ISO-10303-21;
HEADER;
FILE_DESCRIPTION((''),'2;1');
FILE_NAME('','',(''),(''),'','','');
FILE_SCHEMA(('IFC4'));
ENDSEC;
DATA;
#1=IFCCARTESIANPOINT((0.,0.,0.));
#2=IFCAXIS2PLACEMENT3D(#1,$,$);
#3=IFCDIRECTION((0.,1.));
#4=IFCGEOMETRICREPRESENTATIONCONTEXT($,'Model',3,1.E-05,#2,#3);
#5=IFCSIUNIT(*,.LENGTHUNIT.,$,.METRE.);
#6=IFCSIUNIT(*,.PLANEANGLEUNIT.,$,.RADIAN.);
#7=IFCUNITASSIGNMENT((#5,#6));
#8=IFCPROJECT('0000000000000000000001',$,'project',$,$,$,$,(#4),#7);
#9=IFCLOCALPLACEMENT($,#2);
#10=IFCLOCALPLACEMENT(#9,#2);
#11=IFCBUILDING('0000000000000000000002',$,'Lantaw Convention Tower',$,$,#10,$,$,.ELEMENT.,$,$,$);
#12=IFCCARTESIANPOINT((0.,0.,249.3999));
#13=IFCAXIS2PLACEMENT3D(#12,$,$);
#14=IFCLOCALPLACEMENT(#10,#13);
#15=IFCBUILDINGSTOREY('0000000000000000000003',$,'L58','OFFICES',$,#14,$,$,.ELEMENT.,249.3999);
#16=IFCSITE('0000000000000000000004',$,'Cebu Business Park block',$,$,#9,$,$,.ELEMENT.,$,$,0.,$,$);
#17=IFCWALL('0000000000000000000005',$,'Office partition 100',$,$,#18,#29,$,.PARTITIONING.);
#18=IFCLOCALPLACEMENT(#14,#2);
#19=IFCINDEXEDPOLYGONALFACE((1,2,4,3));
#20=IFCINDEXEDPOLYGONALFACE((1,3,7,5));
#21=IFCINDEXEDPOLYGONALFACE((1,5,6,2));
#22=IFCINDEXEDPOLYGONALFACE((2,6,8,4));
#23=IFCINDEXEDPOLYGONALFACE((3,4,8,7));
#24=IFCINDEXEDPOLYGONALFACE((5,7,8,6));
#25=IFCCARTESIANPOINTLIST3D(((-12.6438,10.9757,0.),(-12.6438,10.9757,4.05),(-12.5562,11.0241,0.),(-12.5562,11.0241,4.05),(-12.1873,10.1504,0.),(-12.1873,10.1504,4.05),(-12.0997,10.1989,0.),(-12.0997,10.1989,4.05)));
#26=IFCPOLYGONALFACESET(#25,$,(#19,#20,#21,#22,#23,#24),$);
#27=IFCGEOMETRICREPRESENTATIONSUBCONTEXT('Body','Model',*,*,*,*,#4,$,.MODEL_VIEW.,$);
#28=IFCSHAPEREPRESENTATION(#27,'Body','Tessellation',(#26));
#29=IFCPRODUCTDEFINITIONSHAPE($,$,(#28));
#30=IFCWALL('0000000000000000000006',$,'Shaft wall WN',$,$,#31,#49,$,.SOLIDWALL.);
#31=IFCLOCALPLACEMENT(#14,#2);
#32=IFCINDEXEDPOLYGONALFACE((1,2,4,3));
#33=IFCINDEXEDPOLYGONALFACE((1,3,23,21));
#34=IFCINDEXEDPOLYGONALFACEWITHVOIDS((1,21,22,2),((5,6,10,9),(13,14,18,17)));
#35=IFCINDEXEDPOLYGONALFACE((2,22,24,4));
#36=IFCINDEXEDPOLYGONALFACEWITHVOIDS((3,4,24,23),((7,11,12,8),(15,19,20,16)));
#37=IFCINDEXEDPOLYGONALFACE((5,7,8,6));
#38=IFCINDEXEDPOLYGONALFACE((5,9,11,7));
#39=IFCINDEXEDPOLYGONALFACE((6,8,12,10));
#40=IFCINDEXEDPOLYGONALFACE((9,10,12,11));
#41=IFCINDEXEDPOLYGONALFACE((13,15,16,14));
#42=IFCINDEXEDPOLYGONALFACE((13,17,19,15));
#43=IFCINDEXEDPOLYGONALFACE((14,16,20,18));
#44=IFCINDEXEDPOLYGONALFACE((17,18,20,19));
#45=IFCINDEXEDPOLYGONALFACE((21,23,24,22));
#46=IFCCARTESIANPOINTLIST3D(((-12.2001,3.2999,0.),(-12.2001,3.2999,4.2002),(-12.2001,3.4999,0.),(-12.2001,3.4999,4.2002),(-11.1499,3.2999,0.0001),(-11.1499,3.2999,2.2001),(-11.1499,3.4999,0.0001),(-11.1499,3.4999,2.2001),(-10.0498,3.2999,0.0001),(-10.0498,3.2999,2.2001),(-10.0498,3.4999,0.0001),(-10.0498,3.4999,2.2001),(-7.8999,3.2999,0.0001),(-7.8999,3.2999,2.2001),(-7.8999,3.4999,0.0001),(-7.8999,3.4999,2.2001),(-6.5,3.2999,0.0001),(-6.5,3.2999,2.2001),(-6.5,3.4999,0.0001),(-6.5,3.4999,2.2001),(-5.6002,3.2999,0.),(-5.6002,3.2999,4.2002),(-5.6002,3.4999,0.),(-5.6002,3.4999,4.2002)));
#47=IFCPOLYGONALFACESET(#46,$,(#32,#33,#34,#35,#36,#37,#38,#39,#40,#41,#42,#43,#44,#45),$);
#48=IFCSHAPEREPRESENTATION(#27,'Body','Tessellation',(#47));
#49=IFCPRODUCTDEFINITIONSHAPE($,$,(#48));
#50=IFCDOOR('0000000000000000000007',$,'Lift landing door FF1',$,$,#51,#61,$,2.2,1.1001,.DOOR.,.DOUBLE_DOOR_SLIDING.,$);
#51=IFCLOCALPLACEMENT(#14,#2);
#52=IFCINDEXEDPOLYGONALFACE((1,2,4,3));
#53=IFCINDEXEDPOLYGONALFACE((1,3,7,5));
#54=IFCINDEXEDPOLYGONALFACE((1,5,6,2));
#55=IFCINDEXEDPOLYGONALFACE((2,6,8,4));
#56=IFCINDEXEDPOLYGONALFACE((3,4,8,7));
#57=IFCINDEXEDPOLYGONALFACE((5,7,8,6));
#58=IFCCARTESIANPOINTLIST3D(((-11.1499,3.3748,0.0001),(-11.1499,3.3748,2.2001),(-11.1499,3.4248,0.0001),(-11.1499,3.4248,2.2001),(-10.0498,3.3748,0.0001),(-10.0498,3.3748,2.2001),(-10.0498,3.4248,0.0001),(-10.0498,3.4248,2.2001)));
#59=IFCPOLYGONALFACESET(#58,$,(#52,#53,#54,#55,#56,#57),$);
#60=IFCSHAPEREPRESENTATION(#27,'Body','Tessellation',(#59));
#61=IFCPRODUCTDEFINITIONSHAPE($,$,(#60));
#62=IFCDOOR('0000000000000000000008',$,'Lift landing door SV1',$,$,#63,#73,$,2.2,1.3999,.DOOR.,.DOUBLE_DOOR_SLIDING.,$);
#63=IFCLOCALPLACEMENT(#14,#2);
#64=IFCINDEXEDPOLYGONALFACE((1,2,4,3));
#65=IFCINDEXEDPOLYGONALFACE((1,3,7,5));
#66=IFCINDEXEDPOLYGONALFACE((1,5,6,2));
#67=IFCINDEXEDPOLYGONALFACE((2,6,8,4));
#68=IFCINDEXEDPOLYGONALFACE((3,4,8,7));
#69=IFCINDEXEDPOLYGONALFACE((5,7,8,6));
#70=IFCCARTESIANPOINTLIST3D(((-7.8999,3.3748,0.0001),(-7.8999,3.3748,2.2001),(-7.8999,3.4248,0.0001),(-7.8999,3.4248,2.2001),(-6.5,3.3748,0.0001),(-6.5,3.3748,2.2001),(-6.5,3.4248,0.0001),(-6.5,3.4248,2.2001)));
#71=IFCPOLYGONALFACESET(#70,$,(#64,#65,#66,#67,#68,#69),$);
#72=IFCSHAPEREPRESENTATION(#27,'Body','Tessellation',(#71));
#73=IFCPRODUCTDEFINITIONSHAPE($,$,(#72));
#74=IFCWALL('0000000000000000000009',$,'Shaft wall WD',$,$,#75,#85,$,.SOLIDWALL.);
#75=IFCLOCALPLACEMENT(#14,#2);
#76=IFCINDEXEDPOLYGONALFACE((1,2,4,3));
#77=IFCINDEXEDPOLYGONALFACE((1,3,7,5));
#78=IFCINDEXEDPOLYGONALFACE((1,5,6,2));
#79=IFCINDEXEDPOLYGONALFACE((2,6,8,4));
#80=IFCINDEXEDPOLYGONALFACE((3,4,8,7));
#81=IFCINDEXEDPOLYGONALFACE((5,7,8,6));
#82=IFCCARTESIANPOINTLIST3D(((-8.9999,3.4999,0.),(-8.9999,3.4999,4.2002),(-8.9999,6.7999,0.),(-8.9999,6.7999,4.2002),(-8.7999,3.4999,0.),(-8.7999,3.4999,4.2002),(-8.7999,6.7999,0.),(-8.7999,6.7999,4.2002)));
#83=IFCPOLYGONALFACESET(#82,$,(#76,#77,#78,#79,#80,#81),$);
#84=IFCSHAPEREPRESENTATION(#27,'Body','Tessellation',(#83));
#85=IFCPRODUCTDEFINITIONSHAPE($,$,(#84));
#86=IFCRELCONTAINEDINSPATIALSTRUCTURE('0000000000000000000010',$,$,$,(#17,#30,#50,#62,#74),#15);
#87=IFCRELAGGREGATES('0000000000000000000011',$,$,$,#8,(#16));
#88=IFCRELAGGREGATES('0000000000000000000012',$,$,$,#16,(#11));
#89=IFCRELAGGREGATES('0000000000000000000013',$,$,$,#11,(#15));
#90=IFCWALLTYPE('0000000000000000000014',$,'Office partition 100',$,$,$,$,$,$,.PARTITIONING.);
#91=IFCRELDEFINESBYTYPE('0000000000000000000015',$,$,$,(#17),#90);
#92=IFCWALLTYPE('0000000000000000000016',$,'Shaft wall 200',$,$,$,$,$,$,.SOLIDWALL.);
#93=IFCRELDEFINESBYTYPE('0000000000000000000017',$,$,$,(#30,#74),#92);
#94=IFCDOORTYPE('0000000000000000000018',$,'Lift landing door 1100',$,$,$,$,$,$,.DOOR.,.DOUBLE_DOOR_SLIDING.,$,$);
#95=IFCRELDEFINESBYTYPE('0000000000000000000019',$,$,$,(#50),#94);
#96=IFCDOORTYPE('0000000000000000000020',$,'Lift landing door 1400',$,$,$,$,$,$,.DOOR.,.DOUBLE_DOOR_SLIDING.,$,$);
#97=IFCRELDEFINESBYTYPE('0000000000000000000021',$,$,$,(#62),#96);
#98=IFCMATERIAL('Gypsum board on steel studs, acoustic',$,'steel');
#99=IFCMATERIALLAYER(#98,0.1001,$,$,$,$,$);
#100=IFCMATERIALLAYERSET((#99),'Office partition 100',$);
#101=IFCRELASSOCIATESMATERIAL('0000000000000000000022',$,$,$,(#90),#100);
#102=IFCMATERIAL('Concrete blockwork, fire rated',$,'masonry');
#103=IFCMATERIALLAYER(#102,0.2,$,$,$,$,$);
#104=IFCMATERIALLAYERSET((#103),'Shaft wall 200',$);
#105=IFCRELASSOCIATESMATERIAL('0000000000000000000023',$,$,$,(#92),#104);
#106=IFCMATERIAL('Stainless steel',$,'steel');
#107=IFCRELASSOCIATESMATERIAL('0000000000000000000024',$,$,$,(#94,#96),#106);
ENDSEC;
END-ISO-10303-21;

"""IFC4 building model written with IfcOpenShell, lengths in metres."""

from ifc_helpers import new_model, si_unit, direction, frame, frame_2d, origin, place, context, subcontext, project, spatial, rectangle, extrude, material, layer, layer_set, type_object, element, fill, save


model = new_model("IFC4")

# Units and contexts
model_context = context("Model", 3, precision=1e-05, world=origin(), true_north=direction((0.0, 1.0)))
body_context = subcontext(model_context, "Body", "Model", "MODEL_VIEW")
ifc_project = project(units=[si_unit("LENGTHUNIT", "METRE"), si_unit("PLANEANGLEUNIT", "RADIAN")], contexts=[model_context])

# Site, building, storey
site_placement = place(None, origin())
site = spatial("IfcSite", under=ifc_project, at=site_placement, Name="Cebu Business Park block", CompositionType="ELEMENT", RefElevation=0.0)
building_placement = place(site_placement, origin())
building = spatial("IfcBuilding", under=site, at=building_placement, Name="Lantaw Convention Tower", CompositionType="ELEMENT")
storey_placement = place(building_placement, frame((0.0, 0.0, 249.3999)))
storey = spatial("IfcBuildingStorey", under=building, at=storey_placement, Name="L58", Description="OFFICES", CompositionType="ELEMENT", Elevation=249.3999)

# Wall
ifc_material_1 = material(Name="Gypsum board on steel studs, acoustic", Category="steel")
ifc_layer_1 = layer(ifc_material_1, 0.1001)
ifc_layer_set_1 = layer_set([ifc_layer_1], Name="Office partition 100")
wall_type_1 = type_object("IfcWallType", Name="Office partition 100", PredefinedType="PARTITIONING", material=ifc_layer_set_1)
wall_1_placement = place(storey_placement, frame((-12.6001, 11.0, 0.0), z_axis=(0.0, 0.0, 1.0), x_axis=(0.484104, -0.875011, 0.0)))
element("IfcWall", 1, at=wall_1_placement, inside=storey, type_object=wall_type_1, Name="Office partition 100", PredefinedType="PARTITIONING", context=body_context, shape_type="SweptSolid", body=[
    extrude(rectangle(XDim=0.9431, YDim=0.1001, at=frame_2d((0.4717, 0.0))), origin(), (0.0, 0.0, 1.0), 4.05),
])

# Wall, openings, doors
ifc_material_2 = material(Name="Concrete blockwork, fire rated", Category="masonry")
ifc_layer_2 = layer(ifc_material_2, 0.2)
ifc_layer_set_2 = layer_set([ifc_layer_2], Name="Shaft wall 200")
wall_type_2 = type_object("IfcWallType", Name="Shaft wall 200", PredefinedType="SOLIDWALL", material=ifc_layer_set_2)
wall_2_placement = place(storey_placement, frame((-12.2, 3.3999, 0.0), z_axis=(0.0, 0.0, 1.0), x_axis=(1.0, 0.0, 0.0)))
wall_2 = element("IfcWall", 2, at=wall_2_placement, inside=storey, type_object=wall_type_2, Name="Shaft wall WN", PredefinedType="SOLIDWALL", context=body_context, shape_type="SweptSolid", body=[
    extrude(rectangle(XDim=6.5999, YDim=0.2, at=frame_2d((3.2998, 0.0))), origin(), (0.0, 0.0, 1.0), 4.2002),
])
opening_1_placement = place(wall_2_placement, frame((1.05, 0.0, 0.0)))
opening_1 = element("IfcOpeningElement", 3, at=opening_1_placement, cuts=wall_2, PredefinedType="OPENING", context=body_context, shape_type="SweptSolid", body=[
    extrude(rectangle(XDim=1.1001, YDim=2.2, at=frame_2d((0.55, 1.1001))), frame((0.0, 0.1099, 0.0), z_axis=(0.0, -1.0, 0.0), x_axis=(1.0, 0.0, 0.0)), (0.0, 0.0, 1.0), 0.22),
])
opening_2_placement = place(wall_2_placement, frame((4.3, 0.0, 0.0)))
opening_2 = element("IfcOpeningElement", 4, at=opening_2_placement, cuts=wall_2, PredefinedType="OPENING", context=body_context, shape_type="SweptSolid", body=[
    extrude(rectangle(XDim=1.3999, YDim=2.2, at=frame_2d((0.7, 1.1001))), frame((0.0, 0.1099, 0.0), z_axis=(0.0, -1.0, 0.0), x_axis=(1.0, 0.0, 0.0)), (0.0, 0.0, 1.0), 0.22),
])
ifc_material_3 = material(Name="Stainless steel", Category="steel")
door_type_1 = type_object("IfcDoorType", Name="Lift landing door 1100", OperationType="DOUBLE_DOOR_SLIDING", PredefinedType="DOOR", material=ifc_material_3)
door_1_placement = place(opening_1_placement, origin())
door_1 = element("IfcDoor", 5, at=door_1_placement, inside=storey, type_object=door_type_1, Name="Lift landing door FF1", OperationType="DOUBLE_DOOR_SLIDING", OverallHeight=2.2, OverallWidth=1.1001, PredefinedType="DOOR", context=body_context, shape_type="SweptSolid", body=[
    extrude(rectangle(XDim=1.1001, YDim=2.2, at=frame_2d((0.55, 1.1001))), frame((0.0, 0.0249, 0.0), z_axis=(0.0, -1.0, 0.0), x_axis=(1.0, 0.0, 0.0)), (0.0, 0.0, 1.0), 0.05),
])
fill(opening_1, door_1)
door_type_2 = type_object("IfcDoorType", Name="Lift landing door 1400", OperationType="DOUBLE_DOOR_SLIDING", PredefinedType="DOOR", material=ifc_material_3)
door_2_placement = place(opening_2_placement, origin())
door_2 = element("IfcDoor", 6, at=door_2_placement, inside=storey, type_object=door_type_2, Name="Lift landing door SV1", OperationType="DOUBLE_DOOR_SLIDING", OverallHeight=2.2, OverallWidth=1.3999, PredefinedType="DOOR", context=body_context, shape_type="SweptSolid", body=[
    extrude(rectangle(XDim=1.3999, YDim=2.2, at=frame_2d((0.7, 1.1001))), frame((0.0, 0.0249, 0.0), z_axis=(0.0, -1.0, 0.0), x_axis=(1.0, 0.0, 0.0)), (0.0, 0.0, 1.0), 0.05),
])
fill(opening_2, door_2)

# Wall
wall_3_placement = place(storey_placement, frame((-8.8999, 3.5, 0.0), z_axis=(0.0, 0.0, 1.0), x_axis=(0.0, 1.0, 0.0)))
element("IfcWall", 7, at=wall_3_placement, inside=storey, type_object=wall_type_2, Name="Shaft wall WD", PredefinedType="SOLIDWALL", context=body_context, shape_type="SweptSolid", body=[
    extrude(rectangle(XDim=3.3, YDim=0.2, at=frame_2d((1.6499, 0.0))), origin(), (0.0, 0.0, 1.0), 4.2002),
])

save(model, "model.ifc")
